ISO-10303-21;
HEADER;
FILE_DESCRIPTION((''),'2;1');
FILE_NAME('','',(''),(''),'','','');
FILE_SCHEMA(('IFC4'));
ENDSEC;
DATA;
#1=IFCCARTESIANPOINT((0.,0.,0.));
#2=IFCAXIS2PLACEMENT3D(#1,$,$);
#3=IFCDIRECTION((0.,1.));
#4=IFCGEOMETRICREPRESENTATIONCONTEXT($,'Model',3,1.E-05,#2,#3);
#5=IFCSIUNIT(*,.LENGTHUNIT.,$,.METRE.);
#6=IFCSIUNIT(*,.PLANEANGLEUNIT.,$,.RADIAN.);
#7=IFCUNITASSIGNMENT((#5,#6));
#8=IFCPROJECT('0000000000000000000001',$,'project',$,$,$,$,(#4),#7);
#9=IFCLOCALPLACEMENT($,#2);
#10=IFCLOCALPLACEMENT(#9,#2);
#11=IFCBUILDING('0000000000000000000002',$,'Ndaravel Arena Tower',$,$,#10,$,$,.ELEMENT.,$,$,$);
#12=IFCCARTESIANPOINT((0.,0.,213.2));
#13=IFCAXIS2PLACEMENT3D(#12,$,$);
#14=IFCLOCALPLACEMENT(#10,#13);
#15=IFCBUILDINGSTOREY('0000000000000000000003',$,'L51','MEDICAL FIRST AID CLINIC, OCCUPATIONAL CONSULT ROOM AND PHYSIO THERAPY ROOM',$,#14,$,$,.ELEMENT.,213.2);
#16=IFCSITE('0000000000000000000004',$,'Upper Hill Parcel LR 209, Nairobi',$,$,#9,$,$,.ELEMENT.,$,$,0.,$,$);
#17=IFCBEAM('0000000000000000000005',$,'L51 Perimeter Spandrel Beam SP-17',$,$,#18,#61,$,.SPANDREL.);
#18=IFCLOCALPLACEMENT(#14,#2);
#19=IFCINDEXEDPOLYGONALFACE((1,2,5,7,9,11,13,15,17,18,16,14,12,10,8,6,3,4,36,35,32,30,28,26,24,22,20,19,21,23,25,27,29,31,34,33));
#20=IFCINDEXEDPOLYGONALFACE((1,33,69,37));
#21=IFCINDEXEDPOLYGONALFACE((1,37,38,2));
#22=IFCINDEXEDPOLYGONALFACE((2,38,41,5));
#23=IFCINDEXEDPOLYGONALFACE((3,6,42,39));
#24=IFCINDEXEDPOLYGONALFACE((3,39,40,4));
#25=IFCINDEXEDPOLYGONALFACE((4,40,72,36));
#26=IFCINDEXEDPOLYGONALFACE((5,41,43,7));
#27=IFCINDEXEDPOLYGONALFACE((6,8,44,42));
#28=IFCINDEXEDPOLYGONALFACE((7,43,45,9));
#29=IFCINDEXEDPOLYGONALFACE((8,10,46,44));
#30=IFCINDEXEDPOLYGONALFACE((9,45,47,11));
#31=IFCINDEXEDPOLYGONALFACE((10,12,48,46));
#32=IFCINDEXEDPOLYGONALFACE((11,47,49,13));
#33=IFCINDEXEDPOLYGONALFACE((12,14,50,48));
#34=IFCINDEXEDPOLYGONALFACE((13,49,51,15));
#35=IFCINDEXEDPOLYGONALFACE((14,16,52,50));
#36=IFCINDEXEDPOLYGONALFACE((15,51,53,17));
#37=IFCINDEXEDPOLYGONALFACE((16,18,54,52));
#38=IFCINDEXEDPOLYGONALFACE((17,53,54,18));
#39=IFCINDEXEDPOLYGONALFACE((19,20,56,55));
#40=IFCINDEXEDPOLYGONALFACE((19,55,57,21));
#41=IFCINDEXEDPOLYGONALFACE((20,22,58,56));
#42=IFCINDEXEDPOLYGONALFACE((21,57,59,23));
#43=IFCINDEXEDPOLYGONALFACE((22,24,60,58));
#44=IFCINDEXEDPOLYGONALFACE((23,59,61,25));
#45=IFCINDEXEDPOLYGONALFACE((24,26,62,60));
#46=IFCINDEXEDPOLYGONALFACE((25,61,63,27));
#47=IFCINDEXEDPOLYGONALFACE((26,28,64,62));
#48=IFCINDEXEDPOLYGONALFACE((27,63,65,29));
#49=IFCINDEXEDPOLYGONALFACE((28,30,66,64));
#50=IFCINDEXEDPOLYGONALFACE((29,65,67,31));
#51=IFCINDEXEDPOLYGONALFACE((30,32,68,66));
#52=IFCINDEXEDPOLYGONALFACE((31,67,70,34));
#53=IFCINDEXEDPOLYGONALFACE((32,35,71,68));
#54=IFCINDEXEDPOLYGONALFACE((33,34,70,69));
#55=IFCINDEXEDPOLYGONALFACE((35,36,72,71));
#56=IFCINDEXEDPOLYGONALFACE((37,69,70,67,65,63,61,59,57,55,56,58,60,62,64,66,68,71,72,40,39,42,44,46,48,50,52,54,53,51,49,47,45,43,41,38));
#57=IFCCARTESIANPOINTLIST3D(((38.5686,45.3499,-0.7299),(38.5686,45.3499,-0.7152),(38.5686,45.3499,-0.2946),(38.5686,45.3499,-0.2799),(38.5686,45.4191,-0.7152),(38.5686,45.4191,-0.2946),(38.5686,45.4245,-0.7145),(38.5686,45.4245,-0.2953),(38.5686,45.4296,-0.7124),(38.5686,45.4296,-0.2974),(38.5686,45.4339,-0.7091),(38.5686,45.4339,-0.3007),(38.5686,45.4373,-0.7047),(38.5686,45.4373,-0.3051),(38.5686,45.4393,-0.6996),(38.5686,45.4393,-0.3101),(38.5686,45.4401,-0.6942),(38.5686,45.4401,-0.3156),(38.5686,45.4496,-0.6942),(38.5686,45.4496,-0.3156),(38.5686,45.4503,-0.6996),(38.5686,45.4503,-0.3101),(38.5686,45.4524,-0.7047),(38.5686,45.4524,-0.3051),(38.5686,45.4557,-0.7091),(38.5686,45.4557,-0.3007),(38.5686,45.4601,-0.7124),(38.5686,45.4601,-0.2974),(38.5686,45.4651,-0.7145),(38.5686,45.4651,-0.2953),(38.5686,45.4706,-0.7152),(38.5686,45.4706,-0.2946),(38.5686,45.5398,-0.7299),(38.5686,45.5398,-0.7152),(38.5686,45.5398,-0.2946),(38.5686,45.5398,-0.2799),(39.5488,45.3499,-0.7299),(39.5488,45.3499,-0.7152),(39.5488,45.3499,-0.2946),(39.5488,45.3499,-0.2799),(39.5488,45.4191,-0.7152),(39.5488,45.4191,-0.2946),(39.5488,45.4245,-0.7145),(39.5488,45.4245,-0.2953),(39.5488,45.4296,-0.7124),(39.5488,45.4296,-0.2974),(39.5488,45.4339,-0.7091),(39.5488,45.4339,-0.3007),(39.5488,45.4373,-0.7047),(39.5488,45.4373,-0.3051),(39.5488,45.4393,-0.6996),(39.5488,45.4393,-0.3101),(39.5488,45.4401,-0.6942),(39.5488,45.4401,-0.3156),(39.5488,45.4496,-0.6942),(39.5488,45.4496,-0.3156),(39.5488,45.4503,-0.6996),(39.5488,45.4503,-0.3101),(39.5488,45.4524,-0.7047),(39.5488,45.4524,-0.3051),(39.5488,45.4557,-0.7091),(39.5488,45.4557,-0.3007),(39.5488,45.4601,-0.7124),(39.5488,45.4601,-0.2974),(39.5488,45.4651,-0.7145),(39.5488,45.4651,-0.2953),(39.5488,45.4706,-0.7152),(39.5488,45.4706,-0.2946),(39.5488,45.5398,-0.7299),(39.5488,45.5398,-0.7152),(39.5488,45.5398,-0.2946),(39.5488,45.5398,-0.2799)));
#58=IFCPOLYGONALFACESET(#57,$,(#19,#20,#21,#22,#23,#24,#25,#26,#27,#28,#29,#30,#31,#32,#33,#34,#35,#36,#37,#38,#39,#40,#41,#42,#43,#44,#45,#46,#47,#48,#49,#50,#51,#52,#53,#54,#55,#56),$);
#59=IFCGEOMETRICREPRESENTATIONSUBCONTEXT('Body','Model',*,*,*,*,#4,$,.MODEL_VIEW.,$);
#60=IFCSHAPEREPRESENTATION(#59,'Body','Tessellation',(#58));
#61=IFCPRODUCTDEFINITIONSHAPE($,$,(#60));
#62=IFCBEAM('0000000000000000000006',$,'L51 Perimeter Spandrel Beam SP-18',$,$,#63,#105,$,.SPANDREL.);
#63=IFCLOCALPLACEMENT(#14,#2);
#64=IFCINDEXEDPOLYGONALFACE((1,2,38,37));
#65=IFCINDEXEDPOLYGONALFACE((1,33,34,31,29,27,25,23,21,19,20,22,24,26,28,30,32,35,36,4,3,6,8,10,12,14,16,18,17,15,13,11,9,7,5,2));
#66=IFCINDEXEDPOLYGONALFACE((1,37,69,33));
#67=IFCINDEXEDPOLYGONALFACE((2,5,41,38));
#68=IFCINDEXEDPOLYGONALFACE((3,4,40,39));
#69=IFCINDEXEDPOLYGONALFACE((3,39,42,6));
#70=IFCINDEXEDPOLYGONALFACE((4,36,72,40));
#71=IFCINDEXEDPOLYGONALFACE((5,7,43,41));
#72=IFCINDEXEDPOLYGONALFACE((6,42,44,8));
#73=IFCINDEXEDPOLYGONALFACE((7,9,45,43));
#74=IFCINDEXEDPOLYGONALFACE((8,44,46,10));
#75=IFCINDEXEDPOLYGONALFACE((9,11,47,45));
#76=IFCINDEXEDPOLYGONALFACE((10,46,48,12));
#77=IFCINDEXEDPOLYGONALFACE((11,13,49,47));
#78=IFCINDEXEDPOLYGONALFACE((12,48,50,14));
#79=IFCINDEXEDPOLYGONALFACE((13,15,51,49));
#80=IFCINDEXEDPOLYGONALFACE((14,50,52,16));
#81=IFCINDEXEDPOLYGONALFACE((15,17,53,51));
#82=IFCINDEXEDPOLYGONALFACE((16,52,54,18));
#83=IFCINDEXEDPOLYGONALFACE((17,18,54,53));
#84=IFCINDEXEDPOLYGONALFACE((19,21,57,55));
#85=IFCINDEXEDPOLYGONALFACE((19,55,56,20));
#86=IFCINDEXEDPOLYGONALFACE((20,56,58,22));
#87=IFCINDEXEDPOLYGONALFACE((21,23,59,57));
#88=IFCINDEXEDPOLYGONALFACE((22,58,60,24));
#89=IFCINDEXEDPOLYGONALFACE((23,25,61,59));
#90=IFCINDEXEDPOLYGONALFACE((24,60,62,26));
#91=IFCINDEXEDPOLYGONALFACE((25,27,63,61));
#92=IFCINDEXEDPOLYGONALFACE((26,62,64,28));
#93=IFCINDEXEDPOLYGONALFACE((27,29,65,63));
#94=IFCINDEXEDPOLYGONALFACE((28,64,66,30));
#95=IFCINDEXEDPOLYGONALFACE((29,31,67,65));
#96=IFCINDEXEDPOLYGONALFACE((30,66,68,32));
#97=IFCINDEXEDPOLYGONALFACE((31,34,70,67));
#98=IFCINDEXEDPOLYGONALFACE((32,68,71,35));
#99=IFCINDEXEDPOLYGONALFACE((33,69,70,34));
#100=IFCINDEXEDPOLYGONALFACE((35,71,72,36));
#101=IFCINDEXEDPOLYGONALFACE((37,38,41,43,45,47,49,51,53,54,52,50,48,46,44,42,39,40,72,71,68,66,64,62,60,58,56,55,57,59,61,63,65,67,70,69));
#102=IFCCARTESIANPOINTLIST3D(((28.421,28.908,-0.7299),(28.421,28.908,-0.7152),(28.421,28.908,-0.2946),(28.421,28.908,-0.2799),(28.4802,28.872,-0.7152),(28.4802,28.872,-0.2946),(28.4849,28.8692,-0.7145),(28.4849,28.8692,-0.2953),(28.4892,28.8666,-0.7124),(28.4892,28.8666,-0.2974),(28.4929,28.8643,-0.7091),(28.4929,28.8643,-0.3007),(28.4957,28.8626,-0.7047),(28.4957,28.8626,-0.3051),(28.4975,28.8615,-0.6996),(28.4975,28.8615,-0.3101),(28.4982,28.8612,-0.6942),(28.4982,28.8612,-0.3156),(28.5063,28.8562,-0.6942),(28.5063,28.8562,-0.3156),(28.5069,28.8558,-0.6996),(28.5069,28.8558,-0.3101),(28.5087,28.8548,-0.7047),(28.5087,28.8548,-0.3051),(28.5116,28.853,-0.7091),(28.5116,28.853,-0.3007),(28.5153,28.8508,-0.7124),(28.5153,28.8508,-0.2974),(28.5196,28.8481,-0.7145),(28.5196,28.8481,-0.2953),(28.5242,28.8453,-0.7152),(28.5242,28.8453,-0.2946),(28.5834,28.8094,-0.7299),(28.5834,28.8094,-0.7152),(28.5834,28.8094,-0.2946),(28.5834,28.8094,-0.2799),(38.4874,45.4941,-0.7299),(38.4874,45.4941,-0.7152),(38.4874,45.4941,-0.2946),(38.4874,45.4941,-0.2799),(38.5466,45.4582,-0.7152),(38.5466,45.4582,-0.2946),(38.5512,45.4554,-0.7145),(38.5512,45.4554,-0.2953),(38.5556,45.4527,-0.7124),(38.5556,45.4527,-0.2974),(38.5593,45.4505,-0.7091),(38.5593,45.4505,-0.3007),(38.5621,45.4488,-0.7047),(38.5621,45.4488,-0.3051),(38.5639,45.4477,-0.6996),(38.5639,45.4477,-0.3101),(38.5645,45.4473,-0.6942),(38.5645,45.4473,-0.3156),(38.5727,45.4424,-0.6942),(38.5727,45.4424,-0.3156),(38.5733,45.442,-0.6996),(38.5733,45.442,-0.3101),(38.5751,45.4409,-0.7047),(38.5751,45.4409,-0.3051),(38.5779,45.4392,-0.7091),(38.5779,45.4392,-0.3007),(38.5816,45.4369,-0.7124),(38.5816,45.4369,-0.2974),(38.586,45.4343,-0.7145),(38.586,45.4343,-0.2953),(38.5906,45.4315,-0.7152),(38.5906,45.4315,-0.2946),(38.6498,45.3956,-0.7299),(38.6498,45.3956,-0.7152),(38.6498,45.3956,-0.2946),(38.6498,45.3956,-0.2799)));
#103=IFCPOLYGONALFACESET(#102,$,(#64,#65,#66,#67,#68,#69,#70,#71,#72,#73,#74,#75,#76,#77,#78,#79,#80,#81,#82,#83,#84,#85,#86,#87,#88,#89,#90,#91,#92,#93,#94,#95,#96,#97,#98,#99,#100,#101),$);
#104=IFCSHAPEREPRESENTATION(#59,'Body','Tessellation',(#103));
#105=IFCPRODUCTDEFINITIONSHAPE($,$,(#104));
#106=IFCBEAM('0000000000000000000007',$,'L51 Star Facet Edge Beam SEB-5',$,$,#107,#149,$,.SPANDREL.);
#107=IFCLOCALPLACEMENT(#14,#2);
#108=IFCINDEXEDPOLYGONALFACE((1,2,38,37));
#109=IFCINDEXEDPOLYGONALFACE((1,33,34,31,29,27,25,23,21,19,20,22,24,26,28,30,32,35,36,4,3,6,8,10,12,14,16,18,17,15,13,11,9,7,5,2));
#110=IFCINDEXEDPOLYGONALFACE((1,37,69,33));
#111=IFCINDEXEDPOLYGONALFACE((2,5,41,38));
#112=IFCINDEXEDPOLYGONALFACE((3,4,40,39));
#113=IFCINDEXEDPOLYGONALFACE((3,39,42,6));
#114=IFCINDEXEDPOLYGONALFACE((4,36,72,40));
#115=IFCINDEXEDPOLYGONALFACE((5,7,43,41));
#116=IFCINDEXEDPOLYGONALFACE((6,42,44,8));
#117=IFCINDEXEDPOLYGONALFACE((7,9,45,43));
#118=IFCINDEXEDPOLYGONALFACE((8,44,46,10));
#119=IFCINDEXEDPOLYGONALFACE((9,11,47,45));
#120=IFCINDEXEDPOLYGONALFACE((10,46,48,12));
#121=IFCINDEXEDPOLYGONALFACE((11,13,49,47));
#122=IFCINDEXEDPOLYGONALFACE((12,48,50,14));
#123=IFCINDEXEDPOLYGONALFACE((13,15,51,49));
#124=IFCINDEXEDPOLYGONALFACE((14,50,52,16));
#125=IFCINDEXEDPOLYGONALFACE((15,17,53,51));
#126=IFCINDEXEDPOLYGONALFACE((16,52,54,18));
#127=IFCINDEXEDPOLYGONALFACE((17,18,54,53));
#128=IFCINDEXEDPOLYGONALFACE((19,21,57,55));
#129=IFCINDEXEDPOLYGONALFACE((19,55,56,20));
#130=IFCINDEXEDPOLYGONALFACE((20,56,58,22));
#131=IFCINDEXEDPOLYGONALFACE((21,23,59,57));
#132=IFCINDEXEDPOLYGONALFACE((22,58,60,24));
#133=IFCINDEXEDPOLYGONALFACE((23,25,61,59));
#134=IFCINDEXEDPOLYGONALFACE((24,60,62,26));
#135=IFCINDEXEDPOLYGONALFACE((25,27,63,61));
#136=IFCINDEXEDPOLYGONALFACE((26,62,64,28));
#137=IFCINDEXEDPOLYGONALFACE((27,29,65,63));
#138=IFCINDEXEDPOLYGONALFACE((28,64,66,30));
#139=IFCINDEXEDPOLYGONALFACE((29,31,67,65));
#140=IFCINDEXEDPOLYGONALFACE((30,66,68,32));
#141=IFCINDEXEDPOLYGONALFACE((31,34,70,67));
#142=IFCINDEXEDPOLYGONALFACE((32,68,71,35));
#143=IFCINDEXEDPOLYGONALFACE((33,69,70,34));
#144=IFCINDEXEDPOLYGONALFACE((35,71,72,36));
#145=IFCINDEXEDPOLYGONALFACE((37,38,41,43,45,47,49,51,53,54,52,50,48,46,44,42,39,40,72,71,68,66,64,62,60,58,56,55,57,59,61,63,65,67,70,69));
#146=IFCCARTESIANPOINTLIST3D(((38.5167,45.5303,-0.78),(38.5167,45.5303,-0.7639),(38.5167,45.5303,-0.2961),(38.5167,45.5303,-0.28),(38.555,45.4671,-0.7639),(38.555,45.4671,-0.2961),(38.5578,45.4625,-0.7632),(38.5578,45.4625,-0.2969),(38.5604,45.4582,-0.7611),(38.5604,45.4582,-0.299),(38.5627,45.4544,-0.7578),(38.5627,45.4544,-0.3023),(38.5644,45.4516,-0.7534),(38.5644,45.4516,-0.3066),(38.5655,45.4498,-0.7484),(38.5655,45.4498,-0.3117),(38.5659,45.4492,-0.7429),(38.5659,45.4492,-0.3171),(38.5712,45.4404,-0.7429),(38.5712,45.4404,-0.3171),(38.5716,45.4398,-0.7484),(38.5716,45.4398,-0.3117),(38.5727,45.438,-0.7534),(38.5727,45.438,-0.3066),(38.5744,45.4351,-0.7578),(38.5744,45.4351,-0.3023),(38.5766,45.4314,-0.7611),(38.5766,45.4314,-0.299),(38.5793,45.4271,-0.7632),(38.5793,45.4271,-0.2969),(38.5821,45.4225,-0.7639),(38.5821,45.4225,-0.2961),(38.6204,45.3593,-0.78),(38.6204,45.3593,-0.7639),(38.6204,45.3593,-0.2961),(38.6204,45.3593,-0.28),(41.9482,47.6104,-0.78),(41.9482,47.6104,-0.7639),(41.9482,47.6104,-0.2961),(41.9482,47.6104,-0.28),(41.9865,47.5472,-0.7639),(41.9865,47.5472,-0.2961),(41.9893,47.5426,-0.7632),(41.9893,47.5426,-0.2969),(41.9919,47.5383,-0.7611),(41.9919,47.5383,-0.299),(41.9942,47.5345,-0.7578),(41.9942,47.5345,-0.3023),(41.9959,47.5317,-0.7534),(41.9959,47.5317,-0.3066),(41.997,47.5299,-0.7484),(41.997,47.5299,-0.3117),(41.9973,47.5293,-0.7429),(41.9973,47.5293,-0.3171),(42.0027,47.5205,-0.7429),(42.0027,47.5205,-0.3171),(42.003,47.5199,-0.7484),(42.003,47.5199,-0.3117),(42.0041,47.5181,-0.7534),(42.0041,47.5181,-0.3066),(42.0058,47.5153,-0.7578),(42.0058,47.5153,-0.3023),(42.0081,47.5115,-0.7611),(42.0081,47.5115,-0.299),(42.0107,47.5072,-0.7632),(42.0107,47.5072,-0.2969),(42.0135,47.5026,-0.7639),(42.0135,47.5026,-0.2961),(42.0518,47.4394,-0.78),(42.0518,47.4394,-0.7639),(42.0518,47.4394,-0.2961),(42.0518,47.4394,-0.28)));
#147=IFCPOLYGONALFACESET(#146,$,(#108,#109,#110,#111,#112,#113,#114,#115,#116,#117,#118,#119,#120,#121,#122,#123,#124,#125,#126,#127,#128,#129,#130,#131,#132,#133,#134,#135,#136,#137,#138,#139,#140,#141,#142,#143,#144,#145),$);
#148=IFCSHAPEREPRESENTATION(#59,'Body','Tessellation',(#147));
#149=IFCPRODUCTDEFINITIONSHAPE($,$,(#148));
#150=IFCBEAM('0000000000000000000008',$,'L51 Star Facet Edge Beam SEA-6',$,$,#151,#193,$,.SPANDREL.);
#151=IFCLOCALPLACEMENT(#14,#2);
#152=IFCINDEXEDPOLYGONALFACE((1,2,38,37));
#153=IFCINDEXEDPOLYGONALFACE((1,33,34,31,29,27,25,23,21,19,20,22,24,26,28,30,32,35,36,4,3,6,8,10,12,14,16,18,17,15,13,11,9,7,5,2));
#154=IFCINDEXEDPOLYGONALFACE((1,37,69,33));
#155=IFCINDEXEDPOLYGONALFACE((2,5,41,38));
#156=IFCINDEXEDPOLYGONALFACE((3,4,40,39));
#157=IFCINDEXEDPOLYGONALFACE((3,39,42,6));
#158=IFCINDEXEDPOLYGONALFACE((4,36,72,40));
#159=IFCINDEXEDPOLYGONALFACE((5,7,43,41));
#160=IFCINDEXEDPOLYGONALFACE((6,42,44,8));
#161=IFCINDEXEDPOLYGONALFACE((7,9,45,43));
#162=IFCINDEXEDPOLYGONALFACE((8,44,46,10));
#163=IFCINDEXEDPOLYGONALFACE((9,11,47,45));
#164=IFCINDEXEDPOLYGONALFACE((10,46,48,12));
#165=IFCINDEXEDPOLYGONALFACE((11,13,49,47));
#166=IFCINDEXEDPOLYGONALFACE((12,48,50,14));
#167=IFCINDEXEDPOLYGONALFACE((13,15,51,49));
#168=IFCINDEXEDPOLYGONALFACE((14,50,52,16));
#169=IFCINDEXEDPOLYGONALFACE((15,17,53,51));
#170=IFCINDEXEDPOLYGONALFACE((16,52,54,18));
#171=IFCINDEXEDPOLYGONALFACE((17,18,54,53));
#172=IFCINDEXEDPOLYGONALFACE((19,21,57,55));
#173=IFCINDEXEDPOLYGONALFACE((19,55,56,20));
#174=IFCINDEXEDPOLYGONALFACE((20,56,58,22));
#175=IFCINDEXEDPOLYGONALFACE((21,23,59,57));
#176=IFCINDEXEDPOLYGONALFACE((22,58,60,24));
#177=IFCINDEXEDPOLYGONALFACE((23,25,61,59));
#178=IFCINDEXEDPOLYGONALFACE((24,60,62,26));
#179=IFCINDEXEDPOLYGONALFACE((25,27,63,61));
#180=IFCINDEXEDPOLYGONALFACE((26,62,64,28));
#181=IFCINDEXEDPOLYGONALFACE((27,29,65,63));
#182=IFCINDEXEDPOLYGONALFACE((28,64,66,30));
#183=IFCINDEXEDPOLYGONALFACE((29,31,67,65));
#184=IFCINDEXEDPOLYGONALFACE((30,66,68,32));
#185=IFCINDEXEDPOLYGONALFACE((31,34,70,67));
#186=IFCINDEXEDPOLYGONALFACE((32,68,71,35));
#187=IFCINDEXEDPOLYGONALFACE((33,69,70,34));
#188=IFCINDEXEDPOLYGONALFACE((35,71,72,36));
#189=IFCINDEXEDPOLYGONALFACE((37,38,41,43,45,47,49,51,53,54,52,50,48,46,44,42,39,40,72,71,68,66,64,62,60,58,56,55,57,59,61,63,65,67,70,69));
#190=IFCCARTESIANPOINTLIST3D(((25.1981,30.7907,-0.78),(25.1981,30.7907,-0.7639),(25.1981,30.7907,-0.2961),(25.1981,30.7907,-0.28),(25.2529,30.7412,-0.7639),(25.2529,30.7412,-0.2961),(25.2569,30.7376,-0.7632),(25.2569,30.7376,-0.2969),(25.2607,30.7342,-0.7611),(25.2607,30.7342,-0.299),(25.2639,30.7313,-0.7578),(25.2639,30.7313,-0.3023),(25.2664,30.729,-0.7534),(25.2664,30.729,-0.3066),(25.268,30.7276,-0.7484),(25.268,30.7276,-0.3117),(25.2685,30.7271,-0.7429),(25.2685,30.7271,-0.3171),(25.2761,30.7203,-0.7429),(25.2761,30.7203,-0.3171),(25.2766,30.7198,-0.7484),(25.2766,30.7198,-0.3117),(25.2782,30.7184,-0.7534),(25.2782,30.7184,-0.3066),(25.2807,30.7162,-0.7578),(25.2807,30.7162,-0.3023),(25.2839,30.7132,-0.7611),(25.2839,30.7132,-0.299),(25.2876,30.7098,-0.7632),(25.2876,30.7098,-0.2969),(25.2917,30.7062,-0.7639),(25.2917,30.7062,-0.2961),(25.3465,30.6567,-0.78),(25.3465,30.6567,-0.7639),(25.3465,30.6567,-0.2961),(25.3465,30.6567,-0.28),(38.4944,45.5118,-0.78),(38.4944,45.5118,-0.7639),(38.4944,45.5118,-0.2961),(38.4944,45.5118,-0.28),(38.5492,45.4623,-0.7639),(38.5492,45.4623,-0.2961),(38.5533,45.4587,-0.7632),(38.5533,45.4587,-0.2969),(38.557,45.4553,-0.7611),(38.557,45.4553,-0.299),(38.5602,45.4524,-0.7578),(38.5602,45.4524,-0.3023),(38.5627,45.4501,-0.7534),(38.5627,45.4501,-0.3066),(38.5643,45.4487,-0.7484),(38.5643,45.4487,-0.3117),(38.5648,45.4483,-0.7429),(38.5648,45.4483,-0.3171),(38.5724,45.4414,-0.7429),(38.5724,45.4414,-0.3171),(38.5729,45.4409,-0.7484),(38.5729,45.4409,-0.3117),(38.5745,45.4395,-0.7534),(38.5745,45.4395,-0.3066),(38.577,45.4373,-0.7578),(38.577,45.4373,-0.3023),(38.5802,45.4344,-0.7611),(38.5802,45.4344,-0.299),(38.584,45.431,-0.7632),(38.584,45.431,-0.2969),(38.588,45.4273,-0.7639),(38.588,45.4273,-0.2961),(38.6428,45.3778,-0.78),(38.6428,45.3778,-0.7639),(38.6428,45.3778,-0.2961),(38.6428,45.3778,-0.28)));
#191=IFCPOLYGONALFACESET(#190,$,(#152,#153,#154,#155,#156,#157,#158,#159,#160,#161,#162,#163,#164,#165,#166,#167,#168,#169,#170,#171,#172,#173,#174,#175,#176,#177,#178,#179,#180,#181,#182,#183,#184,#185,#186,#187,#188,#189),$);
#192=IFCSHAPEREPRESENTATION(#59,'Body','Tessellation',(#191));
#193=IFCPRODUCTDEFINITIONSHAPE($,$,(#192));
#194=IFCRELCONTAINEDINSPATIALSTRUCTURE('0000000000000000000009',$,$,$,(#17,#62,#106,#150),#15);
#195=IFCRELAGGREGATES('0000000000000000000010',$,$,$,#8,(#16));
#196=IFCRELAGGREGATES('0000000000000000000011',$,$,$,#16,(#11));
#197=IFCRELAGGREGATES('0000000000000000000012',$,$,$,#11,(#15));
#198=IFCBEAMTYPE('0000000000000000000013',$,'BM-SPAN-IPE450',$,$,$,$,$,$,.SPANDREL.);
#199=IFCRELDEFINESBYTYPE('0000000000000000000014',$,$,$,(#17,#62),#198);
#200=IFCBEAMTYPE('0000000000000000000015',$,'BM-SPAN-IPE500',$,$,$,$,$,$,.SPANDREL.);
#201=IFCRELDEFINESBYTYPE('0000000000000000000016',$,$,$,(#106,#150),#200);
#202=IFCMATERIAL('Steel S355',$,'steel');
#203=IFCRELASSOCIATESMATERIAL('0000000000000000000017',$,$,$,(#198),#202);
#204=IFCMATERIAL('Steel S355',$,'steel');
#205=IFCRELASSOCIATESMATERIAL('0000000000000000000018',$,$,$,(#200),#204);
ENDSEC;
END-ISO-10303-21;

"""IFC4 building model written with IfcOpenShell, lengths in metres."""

from ifc_helpers import new_model, si_unit, direction, frame, origin, origin_2d, place, context, subcontext, project, spatial, i_section, extrude, material, material_profile, profile_set, type_object, element, save


model = new_model("IFC4")

# Units and contexts
model_context = context("Model", 3, precision=1e-05, world=origin(), true_north=direction((0.0, 1.0)))
body_context = subcontext(model_context, "Body", "Model", "MODEL_VIEW")
ifc_project = project(units=[si_unit("LENGTHUNIT", "METRE"), si_unit("PLANEANGLEUNIT", "RADIAN")], contexts=[model_context])

# Site, building, storey
site_placement = place(None, origin())
site = spatial("IfcSite", under=ifc_project, at=site_placement, Name="Upper Hill Parcel LR 209, Nairobi", CompositionType="ELEMENT", RefElevation=0.0)
building_placement = place(site_placement, origin())
building = spatial("IfcBuilding", under=site, at=building_placement, Name="Ndaravel Arena Tower", CompositionType="ELEMENT")
storey_placement = place(building_placement, frame((0.0, 0.0, 213.2)))
storey = spatial("IfcBuildingStorey", under=building, at=storey_placement, Name="L51", Description="MEDICAL FIRST AID CLINIC, OCCUPATIONAL CONSULT ROOM AND PHYSIO THERAPY ROOM", CompositionType="ELEMENT", Elevation=213.2)

# Beams
ifc_material_1 = material(Name="Steel S355", Category="steel")
ifc_material_profile_1 = material_profile(ifc_material_1, i_section(OverallWidth=0.1899, OverallDepth=0.45, WebThickness=0.0095, FlangeThickness=0.0146, FilletRadius=0.021, at=origin_2d()), Name="IPE 450")
ifc_profile_set_1 = profile_set([ifc_material_profile_1], Name="Steel S355")
beam_type_1 = type_object("IfcBeamType", Name="BM-SPAN-IPE450", PredefinedType="SPANDREL", material=ifc_profile_set_1)
beam_1_placement = place(storey_placement, frame((39.5488, 45.4448, -0.5049), z_axis=(-1.0, 0.0, 0.0), x_axis=(0.0, -1.0, 0.0)))
element("IfcBeam", 1, at=beam_1_placement, inside=storey, type_object=beam_type_1, Name="L51 Perimeter Spandrel Beam SP-17", PredefinedType="SPANDREL", context=body_context, shape_type="SweptSolid", body=[
    extrude(i_section(OverallWidth=0.1899, OverallDepth=0.45, WebThickness=0.0095, FlangeThickness=0.0146, FilletRadius=0.021, at=origin_2d()), origin(), (0.0, 0.0, 1.0), 0.9802),
])
beam_2_placement = place(storey_placement, frame((38.5686, 45.4448, -0.5049), z_axis=(-0.518836, -0.854874, 0.0), x_axis=(0.854874, -0.518836, 0.0)))
element("IfcBeam", 2, at=beam_2_placement, inside=storey, type_object=beam_type_1, Name="L51 Perimeter Spandrel Beam SP-18", PredefinedType="SPANDREL", context=body_context, shape_type="SweptSolid", body=[
    extrude(i_section(OverallWidth=0.1899, OverallDepth=0.45, WebThickness=0.0095, FlangeThickness=0.0146, FilletRadius=0.021, at=origin_2d()), origin(), (0.0, 0.0, 1.0), 19.4019),
])
ifc_material_2 = material(Name="Steel S355", Category="steel")
ifc_material_profile_2 = material_profile(ifc_material_2, i_section(OverallWidth=0.2, OverallDepth=0.5, WebThickness=0.0103, FlangeThickness=0.0161, FilletRadius=0.021, at=origin_2d()), Name="IPE 500")
ifc_profile_set_2 = profile_set([ifc_material_profile_2], Name="Steel S355")
beam_type_2 = type_object("IfcBeamType", Name="BM-SPAN-IPE500", PredefinedType="SPANDREL", material=ifc_profile_set_2)
beam_3_placement = place(storey_placement, frame((42.0, 47.5249, -0.53), z_axis=(-0.855149, -0.518383, 0.0), x_axis=(0.518383, -0.855149, 0.0)))
element("IfcBeam", 3, at=beam_3_placement, inside=storey, type_object=beam_type_2, Name="L51 Star Facet Edge Beam SEB-5", PredefinedType="SPANDREL", context=body_context, shape_type="SweptSolid", body=[
    extrude(i_section(OverallWidth=0.2, OverallDepth=0.5, WebThickness=0.0103, FlangeThickness=0.0161, FilletRadius=0.021, at=origin_2d()), origin(), (0.0, 0.0, 1.0), 4.0127),
])
beam_4_placement = place(storey_placement, frame((38.5686, 45.4448, -0.53), z_axis=(-0.670281, -0.742107, 0.0), x_axis=(0.742107, -0.670281, 0.0)))
element("IfcBeam", 4, at=beam_4_placement, inside=storey, type_object=beam_type_2, Name="L51 Star Facet Edge Beam SEA-6", PredefinedType="SPANDREL", context=body_context, shape_type="SweptSolid", body=[
    extrude(i_section(OverallWidth=0.2, OverallDepth=0.5, WebThickness=0.0103, FlangeThickness=0.0161, FilletRadius=0.021, at=origin_2d()), origin(), (0.0, 0.0, 1.0), 19.8369),
])

save(model, "model.ifc")
